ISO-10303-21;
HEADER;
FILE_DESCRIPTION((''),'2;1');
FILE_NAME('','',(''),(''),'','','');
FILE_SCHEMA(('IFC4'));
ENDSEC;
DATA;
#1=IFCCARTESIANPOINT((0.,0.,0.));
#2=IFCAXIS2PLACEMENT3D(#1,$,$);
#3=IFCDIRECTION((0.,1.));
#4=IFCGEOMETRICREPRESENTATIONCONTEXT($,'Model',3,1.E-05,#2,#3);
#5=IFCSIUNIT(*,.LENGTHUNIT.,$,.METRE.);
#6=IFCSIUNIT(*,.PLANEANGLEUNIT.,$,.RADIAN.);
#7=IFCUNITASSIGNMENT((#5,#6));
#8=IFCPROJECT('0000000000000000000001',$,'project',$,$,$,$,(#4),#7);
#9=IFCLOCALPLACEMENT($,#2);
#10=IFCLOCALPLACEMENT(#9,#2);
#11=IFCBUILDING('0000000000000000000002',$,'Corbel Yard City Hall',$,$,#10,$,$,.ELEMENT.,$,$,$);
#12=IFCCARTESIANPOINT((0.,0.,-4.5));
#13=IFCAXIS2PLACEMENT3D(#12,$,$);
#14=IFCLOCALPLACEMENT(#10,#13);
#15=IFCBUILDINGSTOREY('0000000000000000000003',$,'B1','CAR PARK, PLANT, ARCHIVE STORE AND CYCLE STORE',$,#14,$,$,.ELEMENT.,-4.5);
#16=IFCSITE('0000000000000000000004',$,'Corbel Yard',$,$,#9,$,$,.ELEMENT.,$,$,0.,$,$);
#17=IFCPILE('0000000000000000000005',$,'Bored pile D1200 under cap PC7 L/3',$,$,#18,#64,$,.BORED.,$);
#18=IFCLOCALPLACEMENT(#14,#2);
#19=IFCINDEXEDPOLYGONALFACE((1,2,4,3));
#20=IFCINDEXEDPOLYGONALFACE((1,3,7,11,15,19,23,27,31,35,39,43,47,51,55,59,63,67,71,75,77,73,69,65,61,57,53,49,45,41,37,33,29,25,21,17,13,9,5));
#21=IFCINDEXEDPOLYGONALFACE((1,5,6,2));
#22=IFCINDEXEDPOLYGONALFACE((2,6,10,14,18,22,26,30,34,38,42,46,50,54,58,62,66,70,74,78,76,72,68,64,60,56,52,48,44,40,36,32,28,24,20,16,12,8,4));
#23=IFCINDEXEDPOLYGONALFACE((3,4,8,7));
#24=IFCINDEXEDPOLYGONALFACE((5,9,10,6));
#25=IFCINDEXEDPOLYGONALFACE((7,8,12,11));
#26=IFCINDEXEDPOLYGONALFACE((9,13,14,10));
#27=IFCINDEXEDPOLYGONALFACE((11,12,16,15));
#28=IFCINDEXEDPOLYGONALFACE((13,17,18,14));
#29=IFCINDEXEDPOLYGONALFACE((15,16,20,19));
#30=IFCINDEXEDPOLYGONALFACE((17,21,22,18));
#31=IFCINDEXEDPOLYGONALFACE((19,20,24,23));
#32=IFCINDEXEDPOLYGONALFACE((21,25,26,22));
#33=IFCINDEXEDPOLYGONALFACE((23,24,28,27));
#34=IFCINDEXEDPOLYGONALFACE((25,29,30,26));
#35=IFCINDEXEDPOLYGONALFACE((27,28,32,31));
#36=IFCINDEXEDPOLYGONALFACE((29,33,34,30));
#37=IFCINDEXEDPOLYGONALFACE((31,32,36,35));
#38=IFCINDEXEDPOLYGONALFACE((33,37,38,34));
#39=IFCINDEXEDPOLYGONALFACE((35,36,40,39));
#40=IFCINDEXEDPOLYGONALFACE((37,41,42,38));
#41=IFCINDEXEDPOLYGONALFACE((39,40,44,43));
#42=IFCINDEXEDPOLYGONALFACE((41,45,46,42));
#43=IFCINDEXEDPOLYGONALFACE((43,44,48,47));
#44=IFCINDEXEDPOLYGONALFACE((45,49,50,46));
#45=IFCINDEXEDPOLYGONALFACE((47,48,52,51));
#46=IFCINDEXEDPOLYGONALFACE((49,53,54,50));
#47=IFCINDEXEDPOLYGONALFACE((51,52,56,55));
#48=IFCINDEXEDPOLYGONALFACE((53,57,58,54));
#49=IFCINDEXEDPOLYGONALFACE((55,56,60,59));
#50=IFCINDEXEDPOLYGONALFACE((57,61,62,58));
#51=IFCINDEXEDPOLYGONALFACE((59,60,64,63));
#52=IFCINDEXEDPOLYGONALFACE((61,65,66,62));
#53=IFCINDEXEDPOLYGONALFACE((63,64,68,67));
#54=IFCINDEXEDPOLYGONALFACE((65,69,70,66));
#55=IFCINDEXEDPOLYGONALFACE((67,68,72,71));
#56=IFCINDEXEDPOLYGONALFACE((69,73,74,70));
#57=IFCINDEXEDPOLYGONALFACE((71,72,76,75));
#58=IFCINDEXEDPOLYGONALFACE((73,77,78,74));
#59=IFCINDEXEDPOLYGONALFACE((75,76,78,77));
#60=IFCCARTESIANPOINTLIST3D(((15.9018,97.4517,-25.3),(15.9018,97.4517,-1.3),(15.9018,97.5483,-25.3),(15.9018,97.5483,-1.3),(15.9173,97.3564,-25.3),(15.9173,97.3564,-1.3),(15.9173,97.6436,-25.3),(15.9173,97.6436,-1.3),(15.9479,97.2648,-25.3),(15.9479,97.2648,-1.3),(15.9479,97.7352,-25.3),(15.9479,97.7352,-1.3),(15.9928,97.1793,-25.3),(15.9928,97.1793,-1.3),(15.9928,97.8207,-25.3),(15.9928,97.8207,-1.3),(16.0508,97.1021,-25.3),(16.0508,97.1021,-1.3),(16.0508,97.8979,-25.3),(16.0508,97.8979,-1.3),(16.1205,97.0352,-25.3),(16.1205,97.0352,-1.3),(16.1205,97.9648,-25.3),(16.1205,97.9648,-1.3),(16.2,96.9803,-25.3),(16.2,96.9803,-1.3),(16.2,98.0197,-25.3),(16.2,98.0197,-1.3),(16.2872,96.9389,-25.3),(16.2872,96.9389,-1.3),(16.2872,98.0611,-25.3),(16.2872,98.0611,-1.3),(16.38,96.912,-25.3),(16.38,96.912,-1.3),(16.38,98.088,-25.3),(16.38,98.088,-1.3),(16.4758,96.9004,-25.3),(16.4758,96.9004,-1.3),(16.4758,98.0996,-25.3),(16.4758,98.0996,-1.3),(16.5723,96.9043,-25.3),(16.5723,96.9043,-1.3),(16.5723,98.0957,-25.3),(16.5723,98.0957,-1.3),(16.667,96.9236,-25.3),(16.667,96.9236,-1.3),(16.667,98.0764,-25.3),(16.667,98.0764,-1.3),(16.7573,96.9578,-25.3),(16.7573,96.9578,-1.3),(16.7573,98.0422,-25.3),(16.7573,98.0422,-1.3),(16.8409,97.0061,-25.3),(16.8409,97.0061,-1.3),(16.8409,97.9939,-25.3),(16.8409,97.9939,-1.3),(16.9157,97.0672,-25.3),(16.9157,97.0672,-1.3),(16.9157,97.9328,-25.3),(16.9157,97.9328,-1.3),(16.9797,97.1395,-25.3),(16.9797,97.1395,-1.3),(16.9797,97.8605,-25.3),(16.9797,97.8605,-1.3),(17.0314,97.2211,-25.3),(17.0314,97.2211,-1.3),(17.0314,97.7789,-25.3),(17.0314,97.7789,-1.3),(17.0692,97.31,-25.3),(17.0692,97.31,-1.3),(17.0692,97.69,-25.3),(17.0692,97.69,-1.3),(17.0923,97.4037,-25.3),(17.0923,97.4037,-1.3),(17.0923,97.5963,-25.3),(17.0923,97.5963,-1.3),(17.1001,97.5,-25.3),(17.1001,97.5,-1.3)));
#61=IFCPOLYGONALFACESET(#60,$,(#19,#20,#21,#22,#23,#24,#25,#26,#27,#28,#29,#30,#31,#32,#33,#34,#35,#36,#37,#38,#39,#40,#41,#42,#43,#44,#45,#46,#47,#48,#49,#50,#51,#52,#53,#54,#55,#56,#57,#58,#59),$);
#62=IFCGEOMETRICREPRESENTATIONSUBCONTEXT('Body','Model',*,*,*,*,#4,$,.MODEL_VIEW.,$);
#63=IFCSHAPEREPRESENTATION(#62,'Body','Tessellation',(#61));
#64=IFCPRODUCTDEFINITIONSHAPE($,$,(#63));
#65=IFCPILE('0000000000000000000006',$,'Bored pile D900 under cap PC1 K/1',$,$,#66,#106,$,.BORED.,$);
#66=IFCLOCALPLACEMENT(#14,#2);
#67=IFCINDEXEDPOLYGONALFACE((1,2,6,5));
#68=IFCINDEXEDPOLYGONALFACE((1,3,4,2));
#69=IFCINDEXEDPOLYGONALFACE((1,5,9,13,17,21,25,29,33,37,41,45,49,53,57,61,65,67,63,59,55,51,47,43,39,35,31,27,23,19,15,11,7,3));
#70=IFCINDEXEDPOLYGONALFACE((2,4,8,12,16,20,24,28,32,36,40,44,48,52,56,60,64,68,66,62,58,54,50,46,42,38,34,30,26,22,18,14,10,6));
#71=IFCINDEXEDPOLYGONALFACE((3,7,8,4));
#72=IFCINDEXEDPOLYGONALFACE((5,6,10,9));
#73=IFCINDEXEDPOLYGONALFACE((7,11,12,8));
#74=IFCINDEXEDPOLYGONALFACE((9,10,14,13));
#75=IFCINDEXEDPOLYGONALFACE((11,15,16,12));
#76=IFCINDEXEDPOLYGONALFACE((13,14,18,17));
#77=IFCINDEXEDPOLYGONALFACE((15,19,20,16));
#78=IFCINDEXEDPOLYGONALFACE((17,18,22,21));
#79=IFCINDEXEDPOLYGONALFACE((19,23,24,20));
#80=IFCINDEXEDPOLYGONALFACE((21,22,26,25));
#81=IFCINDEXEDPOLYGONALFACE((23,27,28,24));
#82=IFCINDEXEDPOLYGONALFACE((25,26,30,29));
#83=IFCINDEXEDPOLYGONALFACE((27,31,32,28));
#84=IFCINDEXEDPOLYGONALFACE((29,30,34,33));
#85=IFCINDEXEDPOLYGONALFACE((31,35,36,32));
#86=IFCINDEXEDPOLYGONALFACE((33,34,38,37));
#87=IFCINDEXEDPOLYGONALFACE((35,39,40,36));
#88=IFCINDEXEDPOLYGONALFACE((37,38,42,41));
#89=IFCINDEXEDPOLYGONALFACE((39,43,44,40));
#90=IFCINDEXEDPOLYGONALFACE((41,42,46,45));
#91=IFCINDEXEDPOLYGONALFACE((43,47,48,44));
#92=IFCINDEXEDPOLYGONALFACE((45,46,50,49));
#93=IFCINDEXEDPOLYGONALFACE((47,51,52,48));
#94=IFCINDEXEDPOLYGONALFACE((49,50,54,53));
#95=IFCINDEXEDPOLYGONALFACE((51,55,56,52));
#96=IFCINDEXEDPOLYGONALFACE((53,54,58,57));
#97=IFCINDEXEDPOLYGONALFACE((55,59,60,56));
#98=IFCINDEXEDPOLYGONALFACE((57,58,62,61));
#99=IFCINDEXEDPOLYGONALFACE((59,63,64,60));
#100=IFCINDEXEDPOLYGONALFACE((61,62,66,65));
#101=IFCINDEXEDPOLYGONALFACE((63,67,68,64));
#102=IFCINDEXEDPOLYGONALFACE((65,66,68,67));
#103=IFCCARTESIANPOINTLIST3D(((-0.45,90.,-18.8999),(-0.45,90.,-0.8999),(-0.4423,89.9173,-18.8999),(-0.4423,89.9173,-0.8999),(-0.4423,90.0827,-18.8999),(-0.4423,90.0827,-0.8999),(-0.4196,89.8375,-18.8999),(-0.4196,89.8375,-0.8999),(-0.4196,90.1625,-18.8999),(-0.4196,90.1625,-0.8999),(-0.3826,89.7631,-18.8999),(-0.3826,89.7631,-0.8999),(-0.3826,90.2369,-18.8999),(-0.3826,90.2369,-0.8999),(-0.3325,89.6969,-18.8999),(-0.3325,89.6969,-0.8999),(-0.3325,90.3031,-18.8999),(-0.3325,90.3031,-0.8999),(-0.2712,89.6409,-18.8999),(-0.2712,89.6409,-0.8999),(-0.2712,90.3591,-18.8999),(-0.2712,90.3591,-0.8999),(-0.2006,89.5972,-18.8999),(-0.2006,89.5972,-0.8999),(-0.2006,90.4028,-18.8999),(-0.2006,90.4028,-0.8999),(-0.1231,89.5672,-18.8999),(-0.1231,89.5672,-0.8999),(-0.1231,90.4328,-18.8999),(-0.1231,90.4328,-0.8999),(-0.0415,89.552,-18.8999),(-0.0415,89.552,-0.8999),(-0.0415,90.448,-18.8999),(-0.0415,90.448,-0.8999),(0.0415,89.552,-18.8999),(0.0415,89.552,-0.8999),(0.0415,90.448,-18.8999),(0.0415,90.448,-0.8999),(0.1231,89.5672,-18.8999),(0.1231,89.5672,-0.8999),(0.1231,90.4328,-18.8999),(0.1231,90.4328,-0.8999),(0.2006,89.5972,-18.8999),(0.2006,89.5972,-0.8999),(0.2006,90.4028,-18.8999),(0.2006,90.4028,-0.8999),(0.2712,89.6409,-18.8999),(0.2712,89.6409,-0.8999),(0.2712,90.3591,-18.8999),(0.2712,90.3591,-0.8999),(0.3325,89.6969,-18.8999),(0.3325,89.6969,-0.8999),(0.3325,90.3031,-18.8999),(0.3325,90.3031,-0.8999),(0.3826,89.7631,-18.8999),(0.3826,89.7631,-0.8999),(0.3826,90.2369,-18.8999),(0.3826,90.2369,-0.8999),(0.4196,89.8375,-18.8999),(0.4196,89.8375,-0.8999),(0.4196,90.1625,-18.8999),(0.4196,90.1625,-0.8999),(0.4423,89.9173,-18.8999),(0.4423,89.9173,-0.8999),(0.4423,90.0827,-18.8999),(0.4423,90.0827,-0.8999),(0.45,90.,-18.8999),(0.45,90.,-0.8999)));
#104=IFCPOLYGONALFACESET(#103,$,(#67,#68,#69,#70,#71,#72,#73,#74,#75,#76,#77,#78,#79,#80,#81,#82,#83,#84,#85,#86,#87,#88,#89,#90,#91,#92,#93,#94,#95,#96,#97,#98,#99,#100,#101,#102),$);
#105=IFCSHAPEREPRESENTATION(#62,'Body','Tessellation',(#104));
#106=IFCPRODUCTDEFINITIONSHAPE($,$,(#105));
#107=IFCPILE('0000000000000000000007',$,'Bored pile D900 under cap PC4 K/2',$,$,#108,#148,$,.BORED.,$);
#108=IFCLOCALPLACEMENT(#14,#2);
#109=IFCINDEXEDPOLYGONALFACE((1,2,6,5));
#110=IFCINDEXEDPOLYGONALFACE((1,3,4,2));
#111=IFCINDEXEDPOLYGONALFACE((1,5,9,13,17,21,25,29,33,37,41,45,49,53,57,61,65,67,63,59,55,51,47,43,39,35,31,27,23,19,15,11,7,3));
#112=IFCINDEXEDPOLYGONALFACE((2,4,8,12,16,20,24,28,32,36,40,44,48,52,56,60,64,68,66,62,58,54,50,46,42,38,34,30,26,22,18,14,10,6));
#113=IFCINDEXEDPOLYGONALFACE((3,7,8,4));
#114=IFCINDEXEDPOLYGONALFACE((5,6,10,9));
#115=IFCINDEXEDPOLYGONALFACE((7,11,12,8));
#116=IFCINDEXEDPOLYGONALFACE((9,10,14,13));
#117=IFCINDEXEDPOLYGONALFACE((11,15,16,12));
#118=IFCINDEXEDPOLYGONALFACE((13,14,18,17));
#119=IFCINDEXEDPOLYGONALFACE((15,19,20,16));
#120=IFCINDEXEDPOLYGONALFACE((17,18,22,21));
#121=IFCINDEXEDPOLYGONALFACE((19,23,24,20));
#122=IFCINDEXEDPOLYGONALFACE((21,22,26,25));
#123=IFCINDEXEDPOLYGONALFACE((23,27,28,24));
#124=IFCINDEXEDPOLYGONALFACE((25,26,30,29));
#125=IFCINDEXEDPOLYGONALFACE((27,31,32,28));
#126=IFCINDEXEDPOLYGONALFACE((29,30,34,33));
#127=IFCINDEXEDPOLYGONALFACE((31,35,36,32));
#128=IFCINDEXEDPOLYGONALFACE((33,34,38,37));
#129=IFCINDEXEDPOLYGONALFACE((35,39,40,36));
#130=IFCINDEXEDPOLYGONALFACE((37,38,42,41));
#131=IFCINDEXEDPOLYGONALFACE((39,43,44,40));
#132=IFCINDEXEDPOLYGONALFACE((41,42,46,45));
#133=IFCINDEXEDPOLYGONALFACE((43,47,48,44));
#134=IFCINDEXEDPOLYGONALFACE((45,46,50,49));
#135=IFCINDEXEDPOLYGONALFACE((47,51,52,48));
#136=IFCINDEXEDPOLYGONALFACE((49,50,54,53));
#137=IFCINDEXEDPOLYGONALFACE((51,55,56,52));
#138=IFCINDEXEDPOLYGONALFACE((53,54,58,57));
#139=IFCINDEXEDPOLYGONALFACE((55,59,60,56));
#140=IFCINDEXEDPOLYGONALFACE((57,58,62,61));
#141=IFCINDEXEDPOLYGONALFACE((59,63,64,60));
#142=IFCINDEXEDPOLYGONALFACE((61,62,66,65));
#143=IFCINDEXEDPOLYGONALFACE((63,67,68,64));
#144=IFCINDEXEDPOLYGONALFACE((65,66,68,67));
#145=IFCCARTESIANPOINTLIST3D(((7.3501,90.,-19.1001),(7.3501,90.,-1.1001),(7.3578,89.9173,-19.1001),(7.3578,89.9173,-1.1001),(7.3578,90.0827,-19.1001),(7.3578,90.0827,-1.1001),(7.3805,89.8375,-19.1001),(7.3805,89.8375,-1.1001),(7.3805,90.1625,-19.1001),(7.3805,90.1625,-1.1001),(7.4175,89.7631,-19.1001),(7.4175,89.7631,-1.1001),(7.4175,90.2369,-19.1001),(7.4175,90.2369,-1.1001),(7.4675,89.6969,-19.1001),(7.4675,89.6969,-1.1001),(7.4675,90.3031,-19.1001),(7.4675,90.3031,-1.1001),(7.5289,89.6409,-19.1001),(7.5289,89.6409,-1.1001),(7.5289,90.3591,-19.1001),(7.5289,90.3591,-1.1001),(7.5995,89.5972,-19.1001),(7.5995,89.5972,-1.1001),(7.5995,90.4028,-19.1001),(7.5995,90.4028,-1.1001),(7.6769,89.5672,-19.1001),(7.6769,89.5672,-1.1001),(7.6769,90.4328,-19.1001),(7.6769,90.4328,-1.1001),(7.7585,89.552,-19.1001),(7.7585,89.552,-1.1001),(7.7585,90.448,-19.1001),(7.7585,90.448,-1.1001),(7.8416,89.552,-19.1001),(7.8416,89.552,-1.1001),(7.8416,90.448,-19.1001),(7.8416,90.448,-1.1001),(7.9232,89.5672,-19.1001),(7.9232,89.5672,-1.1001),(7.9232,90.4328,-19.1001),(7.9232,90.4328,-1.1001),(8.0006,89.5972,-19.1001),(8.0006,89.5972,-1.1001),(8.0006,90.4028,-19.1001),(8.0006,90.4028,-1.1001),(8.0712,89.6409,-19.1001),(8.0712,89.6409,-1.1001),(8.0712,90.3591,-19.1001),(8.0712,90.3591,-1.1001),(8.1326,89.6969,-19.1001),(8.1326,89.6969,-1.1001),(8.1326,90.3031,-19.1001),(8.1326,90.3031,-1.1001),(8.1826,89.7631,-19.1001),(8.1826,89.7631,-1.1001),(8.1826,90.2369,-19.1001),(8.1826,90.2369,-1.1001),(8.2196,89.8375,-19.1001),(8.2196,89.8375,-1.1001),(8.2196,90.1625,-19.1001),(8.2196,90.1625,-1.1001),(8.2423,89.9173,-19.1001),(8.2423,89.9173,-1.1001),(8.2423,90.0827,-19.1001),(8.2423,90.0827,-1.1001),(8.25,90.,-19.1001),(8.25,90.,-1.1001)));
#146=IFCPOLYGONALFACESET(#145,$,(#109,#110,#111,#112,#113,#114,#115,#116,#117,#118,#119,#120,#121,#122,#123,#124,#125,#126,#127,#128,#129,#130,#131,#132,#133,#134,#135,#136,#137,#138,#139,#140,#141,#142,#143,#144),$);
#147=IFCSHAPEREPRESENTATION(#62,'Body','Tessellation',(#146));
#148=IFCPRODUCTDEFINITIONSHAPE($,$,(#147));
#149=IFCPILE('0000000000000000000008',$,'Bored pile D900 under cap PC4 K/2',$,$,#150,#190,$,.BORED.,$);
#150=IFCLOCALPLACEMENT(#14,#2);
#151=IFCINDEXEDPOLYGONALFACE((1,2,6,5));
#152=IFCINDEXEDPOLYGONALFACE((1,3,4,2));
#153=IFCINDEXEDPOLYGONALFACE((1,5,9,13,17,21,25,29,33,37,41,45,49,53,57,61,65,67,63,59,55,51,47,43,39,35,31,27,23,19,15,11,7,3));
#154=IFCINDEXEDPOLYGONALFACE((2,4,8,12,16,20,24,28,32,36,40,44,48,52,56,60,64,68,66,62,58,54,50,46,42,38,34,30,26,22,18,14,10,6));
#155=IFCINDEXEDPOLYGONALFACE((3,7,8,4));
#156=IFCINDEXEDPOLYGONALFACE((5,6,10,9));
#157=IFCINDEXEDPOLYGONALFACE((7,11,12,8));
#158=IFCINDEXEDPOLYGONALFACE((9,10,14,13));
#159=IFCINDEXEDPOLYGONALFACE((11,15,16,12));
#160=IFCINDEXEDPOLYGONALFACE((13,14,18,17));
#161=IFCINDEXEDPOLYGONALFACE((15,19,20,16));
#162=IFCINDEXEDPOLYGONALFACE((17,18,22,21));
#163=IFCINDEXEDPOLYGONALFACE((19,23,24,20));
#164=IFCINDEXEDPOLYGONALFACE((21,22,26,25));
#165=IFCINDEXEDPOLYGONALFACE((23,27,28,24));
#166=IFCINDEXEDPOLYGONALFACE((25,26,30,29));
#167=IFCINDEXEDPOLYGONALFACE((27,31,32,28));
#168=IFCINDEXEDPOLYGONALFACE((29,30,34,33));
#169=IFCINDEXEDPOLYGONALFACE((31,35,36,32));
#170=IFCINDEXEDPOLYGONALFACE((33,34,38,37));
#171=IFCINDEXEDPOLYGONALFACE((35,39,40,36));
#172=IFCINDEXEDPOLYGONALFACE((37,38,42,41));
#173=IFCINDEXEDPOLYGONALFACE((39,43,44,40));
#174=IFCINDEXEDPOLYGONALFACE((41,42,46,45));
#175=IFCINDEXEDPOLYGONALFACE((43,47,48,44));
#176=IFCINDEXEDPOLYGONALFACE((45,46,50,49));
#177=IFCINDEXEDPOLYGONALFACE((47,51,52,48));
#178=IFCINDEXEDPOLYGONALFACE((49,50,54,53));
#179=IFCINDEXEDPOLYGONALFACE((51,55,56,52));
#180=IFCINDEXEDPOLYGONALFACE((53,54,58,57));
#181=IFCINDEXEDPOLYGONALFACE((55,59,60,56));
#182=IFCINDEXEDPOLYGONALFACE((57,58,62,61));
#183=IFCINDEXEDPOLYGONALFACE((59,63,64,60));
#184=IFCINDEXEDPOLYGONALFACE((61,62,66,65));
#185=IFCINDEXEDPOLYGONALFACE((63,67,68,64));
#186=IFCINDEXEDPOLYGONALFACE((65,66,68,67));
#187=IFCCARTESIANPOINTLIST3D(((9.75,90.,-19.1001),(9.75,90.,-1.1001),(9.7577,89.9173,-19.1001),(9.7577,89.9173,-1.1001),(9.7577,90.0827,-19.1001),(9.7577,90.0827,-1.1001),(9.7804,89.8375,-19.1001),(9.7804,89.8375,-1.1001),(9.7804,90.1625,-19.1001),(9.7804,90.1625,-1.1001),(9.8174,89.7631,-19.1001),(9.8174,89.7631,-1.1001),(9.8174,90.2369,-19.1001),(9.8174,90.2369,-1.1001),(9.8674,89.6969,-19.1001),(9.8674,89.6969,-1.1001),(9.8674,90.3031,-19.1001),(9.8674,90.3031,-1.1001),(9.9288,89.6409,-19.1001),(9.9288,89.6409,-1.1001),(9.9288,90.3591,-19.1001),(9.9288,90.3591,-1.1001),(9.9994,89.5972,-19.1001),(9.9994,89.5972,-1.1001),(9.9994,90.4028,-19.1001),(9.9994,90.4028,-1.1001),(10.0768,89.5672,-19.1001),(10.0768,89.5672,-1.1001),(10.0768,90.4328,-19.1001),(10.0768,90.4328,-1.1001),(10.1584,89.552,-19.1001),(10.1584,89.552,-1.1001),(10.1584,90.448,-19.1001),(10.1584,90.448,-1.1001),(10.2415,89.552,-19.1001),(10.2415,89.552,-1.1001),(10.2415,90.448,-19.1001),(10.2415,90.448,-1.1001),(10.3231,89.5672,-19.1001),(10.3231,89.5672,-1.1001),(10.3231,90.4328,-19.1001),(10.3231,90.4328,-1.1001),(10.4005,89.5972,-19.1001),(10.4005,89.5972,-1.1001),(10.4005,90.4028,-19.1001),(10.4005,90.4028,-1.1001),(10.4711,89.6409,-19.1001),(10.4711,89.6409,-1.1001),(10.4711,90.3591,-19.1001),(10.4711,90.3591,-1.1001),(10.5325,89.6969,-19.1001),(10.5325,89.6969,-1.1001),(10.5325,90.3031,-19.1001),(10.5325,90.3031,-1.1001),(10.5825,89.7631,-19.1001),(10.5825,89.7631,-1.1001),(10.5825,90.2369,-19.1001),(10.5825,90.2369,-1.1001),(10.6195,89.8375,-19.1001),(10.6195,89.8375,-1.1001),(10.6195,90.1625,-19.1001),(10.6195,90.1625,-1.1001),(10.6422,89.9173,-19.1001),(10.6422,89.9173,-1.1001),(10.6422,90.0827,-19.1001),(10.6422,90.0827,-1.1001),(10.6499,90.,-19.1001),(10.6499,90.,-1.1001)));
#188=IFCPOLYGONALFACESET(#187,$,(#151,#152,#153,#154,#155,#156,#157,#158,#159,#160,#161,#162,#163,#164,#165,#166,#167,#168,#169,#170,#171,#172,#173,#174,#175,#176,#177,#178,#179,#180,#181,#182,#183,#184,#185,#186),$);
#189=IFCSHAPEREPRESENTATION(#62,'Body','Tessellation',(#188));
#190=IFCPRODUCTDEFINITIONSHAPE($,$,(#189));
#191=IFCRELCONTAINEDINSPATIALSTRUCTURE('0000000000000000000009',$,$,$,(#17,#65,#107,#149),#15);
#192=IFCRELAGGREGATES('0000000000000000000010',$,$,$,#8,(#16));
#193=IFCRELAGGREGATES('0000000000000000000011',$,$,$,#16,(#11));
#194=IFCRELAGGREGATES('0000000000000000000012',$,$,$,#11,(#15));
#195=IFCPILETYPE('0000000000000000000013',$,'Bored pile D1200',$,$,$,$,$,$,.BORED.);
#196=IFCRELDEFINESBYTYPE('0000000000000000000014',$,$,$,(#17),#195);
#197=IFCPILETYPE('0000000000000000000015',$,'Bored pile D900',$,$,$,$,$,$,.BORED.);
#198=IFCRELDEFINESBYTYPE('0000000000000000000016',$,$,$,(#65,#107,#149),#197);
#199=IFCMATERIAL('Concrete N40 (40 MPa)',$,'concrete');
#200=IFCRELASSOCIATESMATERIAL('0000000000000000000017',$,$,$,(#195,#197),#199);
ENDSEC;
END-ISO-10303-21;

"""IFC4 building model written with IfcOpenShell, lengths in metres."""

from ifc_helpers import new_model, si_unit, direction, frame, origin, origin_2d, place, context, subcontext, project, spatial, circle, extrude, material, material_profile, profile_set, type_object, element, save


model = new_model("IFC4")

# Units and contexts
model_context = context("Model", 3, precision=1e-05, world=origin(), true_north=direction((0.0, 1.0)))
body_context = subcontext(model_context, "Body", "Model", "MODEL_VIEW")
ifc_project = project(units=[si_unit("LENGTHUNIT", "METRE"), si_unit("PLANEANGLEUNIT", "RADIAN")], contexts=[model_context])

# Site, building, storey
site_placement = place(None, origin())
site = spatial("IfcSite", under=ifc_project, at=site_placement, Name="Corbel Yard", CompositionType="ELEMENT", RefElevation=0.0)
building_placement = place(site_placement, origin())
building = spatial("IfcBuilding", under=site, at=building_placement, Name="Corbel Yard City Hall", CompositionType="ELEMENT")
storey_placement = place(building_placement, frame((0.0, 0.0, -4.5)))
storey = spatial("IfcBuildingStorey", under=building, at=storey_placement, Name="B1", Description="CAR PARK, PLANT, ARCHIVE STORE AND CYCLE STORE", CompositionType="ELEMENT", Elevation=-4.5)

# Piles
ifc_material_1 = material(Name="Concrete N40 (40 MPa)", Category="concrete")
ifc_material_profile_1 = material_profile(ifc_material_1, circle(Radius=0.6001, at=origin_2d()), Name="D1200")
ifc_profile_set_1 = profile_set([ifc_material_profile_1], Name="Concrete N40 (40 MPa)")
pile_type_1 = type_object("IfcPileType", Name="Bored pile D1200", PredefinedType="BORED", material=ifc_profile_set_1)
pile_placement = place(storey_placement, frame((16.5, 97.5, -1.3), z_axis=(0.0, 0.0, -1.0), x_axis=(1.0, 0.0, 0.0)))
element("IfcPile", 1, at=pile_placement, inside=storey, type_object=pile_type_1, Name="Bored pile D1200 under cap PC7 L/3", PredefinedType="BORED", context=body_context, shape_type="SweptSolid", body=[
    extrude(circle(Radius=0.6001, at=origin_2d()), origin(), (0.0, 0.0, 1.0), 24.0),
])
ifc_material_profile_2 = material_profile(ifc_material_1, circle(Radius=0.45, at=origin_2d()), Name="D900")
ifc_profile_set_2 = profile_set([ifc_material_profile_2], Name="Concrete N40 (40 MPa)")
pile_type_2 = type_object("IfcPileType", Name="Bored pile D900", PredefinedType="BORED", material=ifc_profile_set_2)
for number, where, z_axis, x_axis, name in (
    (2, (0.0, 90.0, -0.8999), (0.0, 0.0, -1.0), (1.0, 0.0, 0.0), "Bored pile D900 under cap PC1 K/1"),
    (3, (7.8, 90.0, -1.1001), (0.0, 0.0, -1.0), (1.0, 0.0, 0.0), "Bored pile D900 under cap PC4 K/2"),
    (4, (10.2, 90.0, -1.1001), (0.0, 0.0, -1.0), (1.0, 0.0, 0.0), "Bored pile D900 under cap PC4 K/2"),
):
    element("IfcPile", number, at=place(storey_placement, frame(where, z_axis=z_axis, x_axis=x_axis)), inside=storey, type_object=pile_type_2, Name=name, PredefinedType="BORED", context=body_context, shape_type="SweptSolid", body=[
        extrude(circle(Radius=0.45, at=origin_2d()), origin(), (0.0, 0.0, 1.0), 18.0),
    ])

save(model, "model.ifc")
